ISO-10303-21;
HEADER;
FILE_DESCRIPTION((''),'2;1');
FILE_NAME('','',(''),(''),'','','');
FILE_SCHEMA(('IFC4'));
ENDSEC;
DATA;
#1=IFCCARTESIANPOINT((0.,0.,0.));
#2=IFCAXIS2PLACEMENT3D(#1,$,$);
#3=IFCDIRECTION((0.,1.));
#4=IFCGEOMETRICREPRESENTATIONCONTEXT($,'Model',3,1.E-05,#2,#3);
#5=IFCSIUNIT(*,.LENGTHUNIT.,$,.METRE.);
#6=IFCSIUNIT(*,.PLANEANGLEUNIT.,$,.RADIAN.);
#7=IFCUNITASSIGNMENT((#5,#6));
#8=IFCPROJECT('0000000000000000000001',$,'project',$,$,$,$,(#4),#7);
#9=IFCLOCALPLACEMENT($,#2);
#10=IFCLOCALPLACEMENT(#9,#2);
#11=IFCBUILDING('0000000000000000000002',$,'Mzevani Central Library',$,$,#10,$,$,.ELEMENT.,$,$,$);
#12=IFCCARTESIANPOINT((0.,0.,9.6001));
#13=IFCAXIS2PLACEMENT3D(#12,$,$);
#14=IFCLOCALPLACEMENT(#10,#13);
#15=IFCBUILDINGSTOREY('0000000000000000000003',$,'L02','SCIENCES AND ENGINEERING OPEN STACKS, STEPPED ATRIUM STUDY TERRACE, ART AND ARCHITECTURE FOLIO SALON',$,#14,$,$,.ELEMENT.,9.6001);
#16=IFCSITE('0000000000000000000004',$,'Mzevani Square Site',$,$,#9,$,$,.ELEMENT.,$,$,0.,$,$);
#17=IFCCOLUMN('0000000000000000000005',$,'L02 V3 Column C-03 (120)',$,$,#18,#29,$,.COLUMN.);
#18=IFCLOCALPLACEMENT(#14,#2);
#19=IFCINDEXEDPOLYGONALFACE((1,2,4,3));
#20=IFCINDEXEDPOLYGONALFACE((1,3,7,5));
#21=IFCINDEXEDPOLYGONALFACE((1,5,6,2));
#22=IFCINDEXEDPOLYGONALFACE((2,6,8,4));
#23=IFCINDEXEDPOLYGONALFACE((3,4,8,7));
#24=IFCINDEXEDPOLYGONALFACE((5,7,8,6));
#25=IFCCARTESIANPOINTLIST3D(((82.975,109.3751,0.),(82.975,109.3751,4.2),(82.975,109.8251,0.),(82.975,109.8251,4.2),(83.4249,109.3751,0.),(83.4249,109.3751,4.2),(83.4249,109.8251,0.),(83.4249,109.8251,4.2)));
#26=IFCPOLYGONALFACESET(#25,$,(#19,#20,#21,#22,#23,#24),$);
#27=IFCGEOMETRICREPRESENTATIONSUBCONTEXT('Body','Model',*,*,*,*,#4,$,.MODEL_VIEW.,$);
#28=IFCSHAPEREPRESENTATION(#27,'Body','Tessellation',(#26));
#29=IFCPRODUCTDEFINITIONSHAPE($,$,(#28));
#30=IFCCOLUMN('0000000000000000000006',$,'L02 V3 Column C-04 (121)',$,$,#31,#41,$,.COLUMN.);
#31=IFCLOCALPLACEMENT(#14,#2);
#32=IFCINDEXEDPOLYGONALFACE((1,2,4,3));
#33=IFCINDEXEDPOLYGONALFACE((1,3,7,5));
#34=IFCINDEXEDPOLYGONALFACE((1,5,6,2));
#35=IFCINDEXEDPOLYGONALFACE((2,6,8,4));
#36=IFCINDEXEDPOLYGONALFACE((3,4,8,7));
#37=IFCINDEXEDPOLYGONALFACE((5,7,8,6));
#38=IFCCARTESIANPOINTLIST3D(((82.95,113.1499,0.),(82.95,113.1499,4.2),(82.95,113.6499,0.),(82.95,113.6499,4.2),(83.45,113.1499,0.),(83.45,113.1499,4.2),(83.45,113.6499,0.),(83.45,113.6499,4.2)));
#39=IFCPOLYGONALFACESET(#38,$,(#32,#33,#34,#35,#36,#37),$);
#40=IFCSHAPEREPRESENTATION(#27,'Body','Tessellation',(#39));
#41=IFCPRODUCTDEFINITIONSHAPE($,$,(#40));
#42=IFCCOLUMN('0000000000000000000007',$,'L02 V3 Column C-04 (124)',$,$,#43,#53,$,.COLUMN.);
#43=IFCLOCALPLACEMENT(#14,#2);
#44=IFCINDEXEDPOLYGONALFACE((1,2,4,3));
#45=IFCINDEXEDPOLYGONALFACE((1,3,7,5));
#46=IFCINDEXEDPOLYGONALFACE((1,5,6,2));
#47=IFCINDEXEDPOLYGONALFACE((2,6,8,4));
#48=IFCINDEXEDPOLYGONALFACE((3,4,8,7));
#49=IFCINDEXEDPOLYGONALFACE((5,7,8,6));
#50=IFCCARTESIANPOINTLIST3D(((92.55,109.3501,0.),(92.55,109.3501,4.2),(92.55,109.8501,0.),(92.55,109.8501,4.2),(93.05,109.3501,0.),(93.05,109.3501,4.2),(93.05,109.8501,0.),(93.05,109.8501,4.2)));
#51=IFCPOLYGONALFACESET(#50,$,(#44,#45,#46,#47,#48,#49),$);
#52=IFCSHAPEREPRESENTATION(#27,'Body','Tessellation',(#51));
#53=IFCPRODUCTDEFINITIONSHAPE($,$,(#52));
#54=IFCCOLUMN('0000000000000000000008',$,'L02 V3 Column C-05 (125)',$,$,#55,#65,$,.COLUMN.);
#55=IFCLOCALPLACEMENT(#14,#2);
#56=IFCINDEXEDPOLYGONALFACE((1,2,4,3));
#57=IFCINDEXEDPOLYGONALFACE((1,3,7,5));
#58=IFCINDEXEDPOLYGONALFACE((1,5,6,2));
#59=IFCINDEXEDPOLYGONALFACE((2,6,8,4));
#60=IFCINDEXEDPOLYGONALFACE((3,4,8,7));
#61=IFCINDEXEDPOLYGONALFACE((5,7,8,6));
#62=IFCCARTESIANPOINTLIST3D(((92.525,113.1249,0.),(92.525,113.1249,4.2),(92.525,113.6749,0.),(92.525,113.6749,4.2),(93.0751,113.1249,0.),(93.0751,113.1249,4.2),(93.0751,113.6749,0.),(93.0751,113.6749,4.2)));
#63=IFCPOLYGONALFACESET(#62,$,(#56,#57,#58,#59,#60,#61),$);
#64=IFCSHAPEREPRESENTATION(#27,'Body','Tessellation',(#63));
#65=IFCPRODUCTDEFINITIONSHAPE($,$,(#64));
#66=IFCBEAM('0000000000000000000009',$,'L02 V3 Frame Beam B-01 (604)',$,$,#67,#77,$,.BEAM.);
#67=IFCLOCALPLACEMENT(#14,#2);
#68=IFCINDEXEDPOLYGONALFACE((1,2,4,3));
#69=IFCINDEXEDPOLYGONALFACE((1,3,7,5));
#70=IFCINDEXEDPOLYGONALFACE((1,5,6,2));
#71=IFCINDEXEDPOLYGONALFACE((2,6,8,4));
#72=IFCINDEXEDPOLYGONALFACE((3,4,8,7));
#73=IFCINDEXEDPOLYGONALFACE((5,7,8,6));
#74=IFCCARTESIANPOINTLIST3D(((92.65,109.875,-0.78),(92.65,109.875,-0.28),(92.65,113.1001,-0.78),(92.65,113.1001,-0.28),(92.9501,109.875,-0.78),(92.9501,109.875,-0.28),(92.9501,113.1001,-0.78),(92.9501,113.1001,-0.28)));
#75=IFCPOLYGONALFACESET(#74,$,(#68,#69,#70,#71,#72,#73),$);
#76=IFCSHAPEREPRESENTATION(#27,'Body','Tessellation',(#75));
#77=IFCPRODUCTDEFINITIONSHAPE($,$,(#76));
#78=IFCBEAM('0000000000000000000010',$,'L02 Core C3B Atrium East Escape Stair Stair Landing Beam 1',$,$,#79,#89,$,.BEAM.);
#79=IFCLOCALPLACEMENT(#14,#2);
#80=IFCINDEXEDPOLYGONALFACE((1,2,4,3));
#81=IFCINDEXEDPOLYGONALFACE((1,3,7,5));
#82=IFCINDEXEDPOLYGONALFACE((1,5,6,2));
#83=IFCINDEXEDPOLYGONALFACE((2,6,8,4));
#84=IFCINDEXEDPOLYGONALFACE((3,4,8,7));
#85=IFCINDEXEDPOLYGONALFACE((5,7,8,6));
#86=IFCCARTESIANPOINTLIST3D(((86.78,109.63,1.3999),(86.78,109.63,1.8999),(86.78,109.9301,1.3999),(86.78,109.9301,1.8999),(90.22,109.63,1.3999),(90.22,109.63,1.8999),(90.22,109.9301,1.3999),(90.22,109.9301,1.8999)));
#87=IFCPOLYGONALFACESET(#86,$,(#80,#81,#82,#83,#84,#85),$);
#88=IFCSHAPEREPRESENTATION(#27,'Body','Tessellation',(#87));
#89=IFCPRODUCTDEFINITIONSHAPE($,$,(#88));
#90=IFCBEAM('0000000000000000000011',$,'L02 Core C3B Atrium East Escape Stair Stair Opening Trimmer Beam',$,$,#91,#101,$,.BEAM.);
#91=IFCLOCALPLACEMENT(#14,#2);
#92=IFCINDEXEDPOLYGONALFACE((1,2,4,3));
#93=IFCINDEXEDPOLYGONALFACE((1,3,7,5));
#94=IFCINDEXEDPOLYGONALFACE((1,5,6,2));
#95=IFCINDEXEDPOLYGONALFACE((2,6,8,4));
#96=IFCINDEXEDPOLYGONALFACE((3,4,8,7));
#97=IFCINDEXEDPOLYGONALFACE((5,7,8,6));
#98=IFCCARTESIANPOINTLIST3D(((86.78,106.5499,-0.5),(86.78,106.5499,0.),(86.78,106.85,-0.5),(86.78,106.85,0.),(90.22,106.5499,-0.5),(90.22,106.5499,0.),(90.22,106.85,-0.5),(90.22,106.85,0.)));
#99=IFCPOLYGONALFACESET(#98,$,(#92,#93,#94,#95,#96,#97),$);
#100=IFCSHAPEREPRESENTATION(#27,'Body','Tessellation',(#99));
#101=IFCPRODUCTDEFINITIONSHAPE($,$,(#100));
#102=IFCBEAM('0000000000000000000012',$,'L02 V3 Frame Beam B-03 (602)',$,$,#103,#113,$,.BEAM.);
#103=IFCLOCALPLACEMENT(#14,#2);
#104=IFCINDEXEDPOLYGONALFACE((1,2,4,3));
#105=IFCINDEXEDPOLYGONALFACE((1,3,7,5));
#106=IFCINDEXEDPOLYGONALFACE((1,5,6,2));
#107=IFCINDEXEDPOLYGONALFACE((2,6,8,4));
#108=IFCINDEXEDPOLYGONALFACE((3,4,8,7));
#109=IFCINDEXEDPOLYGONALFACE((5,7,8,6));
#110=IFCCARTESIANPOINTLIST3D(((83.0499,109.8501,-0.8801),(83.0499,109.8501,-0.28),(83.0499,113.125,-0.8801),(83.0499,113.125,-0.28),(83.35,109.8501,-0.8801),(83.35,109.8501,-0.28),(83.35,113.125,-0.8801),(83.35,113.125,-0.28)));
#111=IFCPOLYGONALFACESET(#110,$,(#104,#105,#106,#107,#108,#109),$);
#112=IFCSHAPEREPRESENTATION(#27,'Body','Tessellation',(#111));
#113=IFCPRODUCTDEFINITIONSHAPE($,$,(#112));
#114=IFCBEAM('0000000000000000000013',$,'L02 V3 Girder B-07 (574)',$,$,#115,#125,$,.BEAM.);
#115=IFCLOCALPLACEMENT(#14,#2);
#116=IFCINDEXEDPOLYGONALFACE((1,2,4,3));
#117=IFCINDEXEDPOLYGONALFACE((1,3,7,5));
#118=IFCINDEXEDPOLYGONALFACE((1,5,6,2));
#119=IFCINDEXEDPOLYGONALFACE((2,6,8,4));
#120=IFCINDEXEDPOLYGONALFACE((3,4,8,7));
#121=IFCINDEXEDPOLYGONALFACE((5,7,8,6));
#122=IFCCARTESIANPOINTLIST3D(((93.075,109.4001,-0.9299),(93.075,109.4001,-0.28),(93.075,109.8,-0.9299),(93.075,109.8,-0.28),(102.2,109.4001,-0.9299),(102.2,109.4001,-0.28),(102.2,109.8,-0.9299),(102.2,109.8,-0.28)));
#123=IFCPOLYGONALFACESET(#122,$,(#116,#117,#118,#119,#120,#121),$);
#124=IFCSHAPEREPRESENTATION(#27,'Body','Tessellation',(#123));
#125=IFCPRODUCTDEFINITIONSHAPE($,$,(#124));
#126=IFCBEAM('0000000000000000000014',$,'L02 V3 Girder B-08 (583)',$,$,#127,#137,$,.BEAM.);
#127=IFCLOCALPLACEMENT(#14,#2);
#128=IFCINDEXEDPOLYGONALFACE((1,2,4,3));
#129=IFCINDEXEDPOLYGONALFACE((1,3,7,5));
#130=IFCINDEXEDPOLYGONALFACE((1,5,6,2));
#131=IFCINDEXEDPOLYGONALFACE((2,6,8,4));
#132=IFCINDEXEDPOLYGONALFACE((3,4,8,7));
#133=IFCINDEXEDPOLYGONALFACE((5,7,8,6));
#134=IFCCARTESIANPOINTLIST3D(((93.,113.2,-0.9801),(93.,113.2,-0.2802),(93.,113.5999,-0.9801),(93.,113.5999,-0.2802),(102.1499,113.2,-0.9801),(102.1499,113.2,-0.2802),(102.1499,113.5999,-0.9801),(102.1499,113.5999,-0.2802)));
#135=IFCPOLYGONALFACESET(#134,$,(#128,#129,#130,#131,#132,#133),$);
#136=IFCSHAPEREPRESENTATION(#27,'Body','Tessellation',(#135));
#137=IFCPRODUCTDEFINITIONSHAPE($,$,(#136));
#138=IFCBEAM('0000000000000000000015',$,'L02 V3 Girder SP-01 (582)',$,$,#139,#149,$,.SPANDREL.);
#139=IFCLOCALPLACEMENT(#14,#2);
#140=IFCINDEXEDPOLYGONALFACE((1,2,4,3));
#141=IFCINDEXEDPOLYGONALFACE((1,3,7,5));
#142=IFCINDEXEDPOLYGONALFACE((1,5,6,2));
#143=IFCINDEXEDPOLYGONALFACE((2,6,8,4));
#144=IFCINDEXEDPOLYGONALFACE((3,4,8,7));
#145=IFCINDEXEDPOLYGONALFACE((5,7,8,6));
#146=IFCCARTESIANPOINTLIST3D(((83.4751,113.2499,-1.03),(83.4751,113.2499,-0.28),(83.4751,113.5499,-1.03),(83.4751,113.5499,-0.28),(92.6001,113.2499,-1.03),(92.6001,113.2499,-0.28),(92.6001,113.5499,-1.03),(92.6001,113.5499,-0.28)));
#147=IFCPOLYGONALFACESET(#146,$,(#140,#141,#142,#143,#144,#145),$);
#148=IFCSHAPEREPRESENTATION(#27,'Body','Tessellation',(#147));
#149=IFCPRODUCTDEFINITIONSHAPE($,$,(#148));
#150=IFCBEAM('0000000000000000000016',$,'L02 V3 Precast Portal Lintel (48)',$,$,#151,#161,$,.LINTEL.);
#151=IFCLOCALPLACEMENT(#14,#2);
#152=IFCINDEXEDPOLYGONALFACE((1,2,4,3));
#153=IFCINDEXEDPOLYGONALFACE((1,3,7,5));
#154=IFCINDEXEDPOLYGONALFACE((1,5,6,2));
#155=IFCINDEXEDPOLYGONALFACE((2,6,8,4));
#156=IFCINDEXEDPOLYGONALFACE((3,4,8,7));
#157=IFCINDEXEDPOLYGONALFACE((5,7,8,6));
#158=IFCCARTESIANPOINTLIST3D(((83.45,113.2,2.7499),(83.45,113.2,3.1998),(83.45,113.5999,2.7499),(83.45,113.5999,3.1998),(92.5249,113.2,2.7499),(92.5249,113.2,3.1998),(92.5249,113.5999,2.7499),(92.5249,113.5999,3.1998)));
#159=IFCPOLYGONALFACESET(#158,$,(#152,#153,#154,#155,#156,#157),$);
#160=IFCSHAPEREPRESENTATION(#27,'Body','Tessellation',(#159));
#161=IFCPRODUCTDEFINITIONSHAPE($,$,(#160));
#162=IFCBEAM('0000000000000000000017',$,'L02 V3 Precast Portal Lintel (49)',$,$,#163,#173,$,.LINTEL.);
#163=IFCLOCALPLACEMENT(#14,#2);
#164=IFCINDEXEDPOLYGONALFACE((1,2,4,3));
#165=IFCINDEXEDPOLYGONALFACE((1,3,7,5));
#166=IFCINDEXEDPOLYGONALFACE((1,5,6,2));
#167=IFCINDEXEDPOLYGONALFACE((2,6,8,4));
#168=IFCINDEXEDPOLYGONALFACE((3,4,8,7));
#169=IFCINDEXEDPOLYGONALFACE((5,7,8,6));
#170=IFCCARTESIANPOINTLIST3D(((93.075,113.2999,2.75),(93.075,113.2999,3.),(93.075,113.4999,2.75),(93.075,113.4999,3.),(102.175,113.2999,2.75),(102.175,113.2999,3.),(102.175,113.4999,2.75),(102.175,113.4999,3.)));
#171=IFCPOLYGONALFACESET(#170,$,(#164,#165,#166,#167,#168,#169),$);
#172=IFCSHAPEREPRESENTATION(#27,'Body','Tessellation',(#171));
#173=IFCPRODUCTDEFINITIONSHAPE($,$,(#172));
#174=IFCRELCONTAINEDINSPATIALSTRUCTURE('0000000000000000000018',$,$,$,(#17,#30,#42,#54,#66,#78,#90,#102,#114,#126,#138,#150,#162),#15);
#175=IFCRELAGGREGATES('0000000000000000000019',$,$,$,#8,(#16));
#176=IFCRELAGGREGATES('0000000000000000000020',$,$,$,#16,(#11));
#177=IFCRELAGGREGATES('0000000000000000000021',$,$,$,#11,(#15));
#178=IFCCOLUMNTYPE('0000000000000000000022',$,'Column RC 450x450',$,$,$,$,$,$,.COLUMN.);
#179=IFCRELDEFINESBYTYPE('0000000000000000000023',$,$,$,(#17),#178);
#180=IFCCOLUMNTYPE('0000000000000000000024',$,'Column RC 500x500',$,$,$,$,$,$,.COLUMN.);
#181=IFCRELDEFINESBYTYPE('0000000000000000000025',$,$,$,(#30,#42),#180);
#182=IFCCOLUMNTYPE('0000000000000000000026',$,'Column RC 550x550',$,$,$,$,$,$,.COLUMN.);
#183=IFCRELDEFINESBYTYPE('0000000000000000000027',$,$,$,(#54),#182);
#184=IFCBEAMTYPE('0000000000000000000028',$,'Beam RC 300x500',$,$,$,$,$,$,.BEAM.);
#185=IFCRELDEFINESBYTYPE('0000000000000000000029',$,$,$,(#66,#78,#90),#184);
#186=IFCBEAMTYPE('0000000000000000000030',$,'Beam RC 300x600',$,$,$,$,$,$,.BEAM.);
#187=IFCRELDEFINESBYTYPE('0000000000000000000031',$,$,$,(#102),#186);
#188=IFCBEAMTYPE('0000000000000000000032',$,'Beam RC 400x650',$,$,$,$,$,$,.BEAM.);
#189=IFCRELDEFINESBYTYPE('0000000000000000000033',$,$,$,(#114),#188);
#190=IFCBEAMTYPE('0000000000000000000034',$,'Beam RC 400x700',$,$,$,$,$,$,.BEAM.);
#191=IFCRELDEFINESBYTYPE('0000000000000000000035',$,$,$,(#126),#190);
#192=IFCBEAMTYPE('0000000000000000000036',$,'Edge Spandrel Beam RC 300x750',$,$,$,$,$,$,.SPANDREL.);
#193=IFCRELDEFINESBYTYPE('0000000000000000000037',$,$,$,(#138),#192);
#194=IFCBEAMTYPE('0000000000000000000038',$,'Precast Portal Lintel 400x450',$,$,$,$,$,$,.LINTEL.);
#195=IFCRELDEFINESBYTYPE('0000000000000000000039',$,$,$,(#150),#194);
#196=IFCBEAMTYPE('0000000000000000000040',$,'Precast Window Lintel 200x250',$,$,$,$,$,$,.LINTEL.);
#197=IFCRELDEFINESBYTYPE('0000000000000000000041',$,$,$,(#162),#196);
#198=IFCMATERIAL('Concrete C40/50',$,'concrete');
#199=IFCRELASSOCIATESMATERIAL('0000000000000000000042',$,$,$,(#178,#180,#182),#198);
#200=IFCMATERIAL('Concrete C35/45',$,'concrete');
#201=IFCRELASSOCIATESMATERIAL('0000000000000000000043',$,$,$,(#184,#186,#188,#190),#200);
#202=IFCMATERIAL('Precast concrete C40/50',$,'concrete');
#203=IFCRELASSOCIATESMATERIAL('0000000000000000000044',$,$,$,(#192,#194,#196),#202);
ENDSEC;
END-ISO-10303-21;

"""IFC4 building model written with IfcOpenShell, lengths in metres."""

from ifc_helpers import new_model, si_unit, direction, frame, origin, origin_2d, place, context, subcontext, project, spatial, rectangle, extrude, material, material_profile, profile_set, type_object, element, save


model = new_model("IFC4")

# Units and contexts
model_context = context("Model", 3, precision=1e-05, world=origin(), true_north=direction((0.0, 1.0)))
body_context = subcontext(model_context, "Body", "Model", "MODEL_VIEW")
ifc_project = project(units=[si_unit("LENGTHUNIT", "METRE"), si_unit("PLANEANGLEUNIT", "RADIAN")], contexts=[model_context])

# Site, building, storey
site_placement = place(None, origin())
site = spatial("IfcSite", under=ifc_project, at=site_placement, Name="Mzevani Square Site", CompositionType="ELEMENT", RefElevation=0.0)
building_placement = place(site_placement, origin())
building = spatial("IfcBuilding", under=site, at=building_placement, Name="Mzevani Central Library", CompositionType="ELEMENT")
storey_placement = place(building_placement, frame((0.0, 0.0, 9.6001)))
storey = spatial("IfcBuildingStorey", under=building, at=storey_placement, Name="L02", Description="SCIENCES AND ENGINEERING OPEN STACKS, STEPPED ATRIUM STUDY TERRACE, ART AND ARCHITECTURE FOLIO SALON", CompositionType="ELEMENT", Elevation=9.6001)

# Columns
ifc_material_1 = material(Name="Concrete C40/50", Category="concrete")
ifc_material_profile_1 = material_profile(ifc_material_1, rectangle(XDim=0.45, YDim=0.45, at=origin_2d()), Name="RC 450x450")
ifc_profile_set_1 = profile_set([ifc_material_profile_1], Name="Concrete C40/50")
column_type_1 = type_object("IfcColumnType", Name="Column RC 450x450", PredefinedType="COLUMN", material=ifc_profile_set_1)
column_1_placement = place(storey_placement, frame((83.2, 109.6001, 0.0), z_axis=(0.0, 0.0, 1.0), x_axis=(1.0, 0.0, 0.0)))
element("IfcColumn", 1, at=column_1_placement, inside=storey, type_object=column_type_1, Name="L02 V3 Column C-03 (120)", PredefinedType="COLUMN", context=body_context, shape_type="SweptSolid", body=[
    extrude(rectangle(XDim=0.45, YDim=0.45, at=origin_2d()), origin(), (0.0, 0.0, 1.0), 4.2),
])
ifc_material_profile_2 = material_profile(ifc_material_1, rectangle(XDim=0.5, YDim=0.5, at=origin_2d()), Name="RC 500x500")
ifc_profile_set_2 = profile_set([ifc_material_profile_2], Name="Concrete C40/50")
column_type_2 = type_object("IfcColumnType", Name="Column RC 500x500", PredefinedType="COLUMN", material=ifc_profile_set_2)
for number, where, z_axis, x_axis, name in (
    (2, (83.2, 113.3999, 0.0), (0.0, 0.0, 1.0), (1.0, 0.0, 0.0), "L02 V3 Column C-04 (121)"),
    (3, (92.8, 109.6001, 0.0), (0.0, 0.0, 1.0), (1.0, 0.0, 0.0), "L02 V3 Column C-04 (124)"),
):
    element("IfcColumn", number, at=place(storey_placement, frame(where, z_axis=z_axis, x_axis=x_axis)), inside=storey, type_object=column_type_2, Name=name, PredefinedType="COLUMN", context=body_context, shape_type="SweptSolid", body=[
        extrude(rectangle(XDim=0.5, YDim=0.5, at=origin_2d()), origin(), (0.0, 0.0, 1.0), 4.2),
    ])
ifc_material_profile_3 = material_profile(ifc_material_1, rectangle(XDim=0.55, YDim=0.55, at=origin_2d()), Name="RC 550x550")
ifc_profile_set_3 = profile_set([ifc_material_profile_3], Name="Concrete C40/50")
column_type_3 = type_object("IfcColumnType", Name="Column RC 550x550", PredefinedType="COLUMN", material=ifc_profile_set_3)
column_2_placement = place(storey_placement, frame((92.8, 113.3999, 0.0), z_axis=(0.0, 0.0, 1.0), x_axis=(1.0, 0.0, 0.0)))
element("IfcColumn", 4, at=column_2_placement, inside=storey, type_object=column_type_3, Name="L02 V3 Column C-05 (125)", PredefinedType="COLUMN", context=body_context, shape_type="SweptSolid", body=[
    extrude(rectangle(XDim=0.55, YDim=0.55, at=origin_2d()), origin(), (0.0, 0.0, 1.0), 4.2),
])

# Beams
ifc_material_2 = material(Name="Concrete C35/45", Category="concrete")
ifc_material_profile_4 = material_profile(ifc_material_2, rectangle(XDim=0.3, YDim=0.5, at=origin_2d()), Name="RC B300x500")
ifc_profile_set_4 = profile_set([ifc_material_profile_4], Name="Concrete C35/45")
beam_type_1 = type_object("IfcBeamType", Name="Beam RC 300x500", PredefinedType="BEAM", material=ifc_profile_set_4)
beam_1_placement = place(storey_placement, frame((92.8, 109.875, -0.53), z_axis=(0.0, 1.0, 0.0), x_axis=(-1.0, 0.0, 0.0)))
element("IfcBeam", 5, at=beam_1_placement, inside=storey, type_object=beam_type_1, Name="L02 V3 Frame Beam B-01 (604)", PredefinedType="BEAM", context=body_context, shape_type="SweptSolid", body=[
    extrude(rectangle(XDim=0.3, YDim=0.5, at=origin_2d()), origin(), (0.0, 0.0, 1.0), 3.2251),
])
for number, where, z_axis, x_axis, name in (
    (6, (86.78, 109.78, 1.6499), (1.0, 0.0, 0.0), (0.0, 1.0, 0.0), "L02 Core C3B Atrium East Escape Stair Stair Landing Beam 1"),
    (7, (86.78, 106.7, -0.25), (1.0, 0.0, 0.0), (0.0, 1.0, 0.0), "L02 Core C3B Atrium East Escape Stair Stair Opening Trimmer Beam"),
):
    element("IfcBeam", number, at=place(storey_placement, frame(where, z_axis=z_axis, x_axis=x_axis)), inside=storey, type_object=beam_type_1, Name=name, PredefinedType="BEAM", context=body_context, shape_type="SweptSolid", body=[
        extrude(rectangle(XDim=0.3, YDim=0.5, at=origin_2d()), origin(), (0.0, 0.0, 1.0), 3.4399),
    ])
ifc_material_profile_5 = material_profile(ifc_material_2, rectangle(XDim=0.3, YDim=0.6001, at=origin_2d()), Name="RC B300x600")
ifc_profile_set_5 = profile_set([ifc_material_profile_5], Name="Concrete C35/45")
beam_type_2 = type_object("IfcBeamType", Name="Beam RC 300x600", PredefinedType="BEAM", material=ifc_profile_set_5)
beam_2_placement = place(storey_placement, frame((83.2, 109.8501, -0.5801), z_axis=(0.0, 1.0, 0.0), x_axis=(-1.0, 0.0, 0.0)))
element("IfcBeam", 8, at=beam_2_placement, inside=storey, type_object=beam_type_2, Name="L02 V3 Frame Beam B-03 (602)", PredefinedType="BEAM", context=body_context, shape_type="SweptSolid", body=[
    extrude(rectangle(XDim=0.3, YDim=0.6001, at=origin_2d()), origin(), (0.0, 0.0, 1.0), 3.2749),
])
ifc_material_profile_6 = material_profile(ifc_material_2, rectangle(XDim=0.3999, YDim=0.6499, at=origin_2d()), Name="RC B400x650")
ifc_profile_set_6 = profile_set([ifc_material_profile_6], Name="Concrete C35/45")
beam_type_3 = type_object("IfcBeamType", Name="Beam RC 400x650", PredefinedType="BEAM", material=ifc_profile_set_6)
beam_3_placement = place(storey_placement, frame((93.075, 109.6001, -0.605), z_axis=(1.0, 0.0, 0.0), x_axis=(0.0, 1.0, 0.0)))
element("IfcBeam", 9, at=beam_3_placement, inside=storey, type_object=beam_type_3, Name="L02 V3 Girder B-07 (574)", PredefinedType="BEAM", context=body_context, shape_type="SweptSolid", body=[
    extrude(rectangle(XDim=0.3999, YDim=0.6499, at=origin_2d()), origin(), (0.0, 0.0, 1.0), 9.125),
])
ifc_material_profile_7 = material_profile(ifc_material_2, rectangle(XDim=0.3999, YDim=0.7, at=origin_2d()), Name="RC B400x700")
ifc_profile_set_7 = profile_set([ifc_material_profile_7], Name="Concrete C35/45")
beam_type_4 = type_object("IfcBeamType", Name="Beam RC 400x700", PredefinedType="BEAM", material=ifc_profile_set_7)
beam_4_placement = place(storey_placement, frame((93.0, 113.3999, -0.6301), z_axis=(1.0, 0.0, 0.0), x_axis=(0.0, 1.0, 0.0)))
element("IfcBeam", 10, at=beam_4_placement, inside=storey, type_object=beam_type_4, Name="L02 V3 Girder B-08 (583)", PredefinedType="BEAM", context=body_context, shape_type="SweptSolid", body=[
    extrude(rectangle(XDim=0.3999, YDim=0.7, at=origin_2d()), origin(), (0.0, 0.0, 1.0), 9.1499),
])
ifc_material_3 = material(Name="Precast concrete C40/50", Category="concrete")
ifc_material_profile_8 = material_profile(ifc_material_3, rectangle(XDim=0.3, YDim=0.75, at=origin_2d()), Name="RC SP300x750")
ifc_profile_set_8 = profile_set([ifc_material_profile_8], Name="Precast concrete C40/50")
beam_type_5 = type_object("IfcBeamType", Name="Edge Spandrel Beam RC 300x750", PredefinedType="SPANDREL", material=ifc_profile_set_8)
beam_5_placement = place(storey_placement, frame((83.4751, 113.3999, -0.655), z_axis=(1.0, 0.0, 0.0), x_axis=(0.0, 1.0, 0.0)))
element("IfcBeam", 11, at=beam_5_placement, inside=storey, type_object=beam_type_5, Name="L02 V3 Girder SP-01 (582)", PredefinedType="SPANDREL", context=body_context, shape_type="SweptSolid", body=[
    extrude(rectangle(XDim=0.3, YDim=0.75, at=origin_2d()), origin(), (0.0, 0.0, 1.0), 9.125),
])
ifc_material_profile_9 = material_profile(ifc_material_3, rectangle(XDim=0.3999, YDim=0.45, at=origin_2d()), Name="PC LN400x450")
ifc_profile_set_9 = profile_set([ifc_material_profile_9], Name="Precast concrete C40/50")
beam_type_6 = type_object("IfcBeamType", Name="Precast Portal Lintel 400x450", PredefinedType="LINTEL", material=ifc_profile_set_9)
beam_6_placement = place(storey_placement, frame((83.45, 113.3999, 2.9749), z_axis=(1.0, 0.0, 0.0), x_axis=(0.0, 1.0, 0.0)))
element("IfcBeam", 12, at=beam_6_placement, inside=storey, type_object=beam_type_6, Name="L02 V3 Precast Portal Lintel (48)", PredefinedType="LINTEL", context=body_context, shape_type="SweptSolid", body=[
    extrude(rectangle(XDim=0.3999, YDim=0.45, at=origin_2d()), origin(), (0.0, 0.0, 1.0), 9.075),
])
ifc_material_profile_10 = material_profile(ifc_material_3, rectangle(XDim=0.2, YDim=0.25, at=origin_2d()), Name="PC LN200x250")
ifc_profile_set_10 = profile_set([ifc_material_profile_10], Name="Precast concrete C40/50")
beam_type_7 = type_object("IfcBeamType", Name="Precast Window Lintel 200x250", PredefinedType="LINTEL", material=ifc_profile_set_10)
beam_7_placement = place(storey_placement, frame((93.075, 113.3999, 2.875), z_axis=(1.0, 0.0, 0.0), x_axis=(0.0, 1.0, 0.0)))
element("IfcBeam", 13, at=beam_7_placement, inside=storey, type_object=beam_type_7, Name="L02 V3 Precast Portal Lintel (49)", PredefinedType="LINTEL", context=body_context, shape_type="SweptSolid", body=[
    extrude(rectangle(XDim=0.2, YDim=0.25, at=origin_2d()), origin(), (0.0, 0.0, 1.0), 9.1001),
])

save(model, "model.ifc")
